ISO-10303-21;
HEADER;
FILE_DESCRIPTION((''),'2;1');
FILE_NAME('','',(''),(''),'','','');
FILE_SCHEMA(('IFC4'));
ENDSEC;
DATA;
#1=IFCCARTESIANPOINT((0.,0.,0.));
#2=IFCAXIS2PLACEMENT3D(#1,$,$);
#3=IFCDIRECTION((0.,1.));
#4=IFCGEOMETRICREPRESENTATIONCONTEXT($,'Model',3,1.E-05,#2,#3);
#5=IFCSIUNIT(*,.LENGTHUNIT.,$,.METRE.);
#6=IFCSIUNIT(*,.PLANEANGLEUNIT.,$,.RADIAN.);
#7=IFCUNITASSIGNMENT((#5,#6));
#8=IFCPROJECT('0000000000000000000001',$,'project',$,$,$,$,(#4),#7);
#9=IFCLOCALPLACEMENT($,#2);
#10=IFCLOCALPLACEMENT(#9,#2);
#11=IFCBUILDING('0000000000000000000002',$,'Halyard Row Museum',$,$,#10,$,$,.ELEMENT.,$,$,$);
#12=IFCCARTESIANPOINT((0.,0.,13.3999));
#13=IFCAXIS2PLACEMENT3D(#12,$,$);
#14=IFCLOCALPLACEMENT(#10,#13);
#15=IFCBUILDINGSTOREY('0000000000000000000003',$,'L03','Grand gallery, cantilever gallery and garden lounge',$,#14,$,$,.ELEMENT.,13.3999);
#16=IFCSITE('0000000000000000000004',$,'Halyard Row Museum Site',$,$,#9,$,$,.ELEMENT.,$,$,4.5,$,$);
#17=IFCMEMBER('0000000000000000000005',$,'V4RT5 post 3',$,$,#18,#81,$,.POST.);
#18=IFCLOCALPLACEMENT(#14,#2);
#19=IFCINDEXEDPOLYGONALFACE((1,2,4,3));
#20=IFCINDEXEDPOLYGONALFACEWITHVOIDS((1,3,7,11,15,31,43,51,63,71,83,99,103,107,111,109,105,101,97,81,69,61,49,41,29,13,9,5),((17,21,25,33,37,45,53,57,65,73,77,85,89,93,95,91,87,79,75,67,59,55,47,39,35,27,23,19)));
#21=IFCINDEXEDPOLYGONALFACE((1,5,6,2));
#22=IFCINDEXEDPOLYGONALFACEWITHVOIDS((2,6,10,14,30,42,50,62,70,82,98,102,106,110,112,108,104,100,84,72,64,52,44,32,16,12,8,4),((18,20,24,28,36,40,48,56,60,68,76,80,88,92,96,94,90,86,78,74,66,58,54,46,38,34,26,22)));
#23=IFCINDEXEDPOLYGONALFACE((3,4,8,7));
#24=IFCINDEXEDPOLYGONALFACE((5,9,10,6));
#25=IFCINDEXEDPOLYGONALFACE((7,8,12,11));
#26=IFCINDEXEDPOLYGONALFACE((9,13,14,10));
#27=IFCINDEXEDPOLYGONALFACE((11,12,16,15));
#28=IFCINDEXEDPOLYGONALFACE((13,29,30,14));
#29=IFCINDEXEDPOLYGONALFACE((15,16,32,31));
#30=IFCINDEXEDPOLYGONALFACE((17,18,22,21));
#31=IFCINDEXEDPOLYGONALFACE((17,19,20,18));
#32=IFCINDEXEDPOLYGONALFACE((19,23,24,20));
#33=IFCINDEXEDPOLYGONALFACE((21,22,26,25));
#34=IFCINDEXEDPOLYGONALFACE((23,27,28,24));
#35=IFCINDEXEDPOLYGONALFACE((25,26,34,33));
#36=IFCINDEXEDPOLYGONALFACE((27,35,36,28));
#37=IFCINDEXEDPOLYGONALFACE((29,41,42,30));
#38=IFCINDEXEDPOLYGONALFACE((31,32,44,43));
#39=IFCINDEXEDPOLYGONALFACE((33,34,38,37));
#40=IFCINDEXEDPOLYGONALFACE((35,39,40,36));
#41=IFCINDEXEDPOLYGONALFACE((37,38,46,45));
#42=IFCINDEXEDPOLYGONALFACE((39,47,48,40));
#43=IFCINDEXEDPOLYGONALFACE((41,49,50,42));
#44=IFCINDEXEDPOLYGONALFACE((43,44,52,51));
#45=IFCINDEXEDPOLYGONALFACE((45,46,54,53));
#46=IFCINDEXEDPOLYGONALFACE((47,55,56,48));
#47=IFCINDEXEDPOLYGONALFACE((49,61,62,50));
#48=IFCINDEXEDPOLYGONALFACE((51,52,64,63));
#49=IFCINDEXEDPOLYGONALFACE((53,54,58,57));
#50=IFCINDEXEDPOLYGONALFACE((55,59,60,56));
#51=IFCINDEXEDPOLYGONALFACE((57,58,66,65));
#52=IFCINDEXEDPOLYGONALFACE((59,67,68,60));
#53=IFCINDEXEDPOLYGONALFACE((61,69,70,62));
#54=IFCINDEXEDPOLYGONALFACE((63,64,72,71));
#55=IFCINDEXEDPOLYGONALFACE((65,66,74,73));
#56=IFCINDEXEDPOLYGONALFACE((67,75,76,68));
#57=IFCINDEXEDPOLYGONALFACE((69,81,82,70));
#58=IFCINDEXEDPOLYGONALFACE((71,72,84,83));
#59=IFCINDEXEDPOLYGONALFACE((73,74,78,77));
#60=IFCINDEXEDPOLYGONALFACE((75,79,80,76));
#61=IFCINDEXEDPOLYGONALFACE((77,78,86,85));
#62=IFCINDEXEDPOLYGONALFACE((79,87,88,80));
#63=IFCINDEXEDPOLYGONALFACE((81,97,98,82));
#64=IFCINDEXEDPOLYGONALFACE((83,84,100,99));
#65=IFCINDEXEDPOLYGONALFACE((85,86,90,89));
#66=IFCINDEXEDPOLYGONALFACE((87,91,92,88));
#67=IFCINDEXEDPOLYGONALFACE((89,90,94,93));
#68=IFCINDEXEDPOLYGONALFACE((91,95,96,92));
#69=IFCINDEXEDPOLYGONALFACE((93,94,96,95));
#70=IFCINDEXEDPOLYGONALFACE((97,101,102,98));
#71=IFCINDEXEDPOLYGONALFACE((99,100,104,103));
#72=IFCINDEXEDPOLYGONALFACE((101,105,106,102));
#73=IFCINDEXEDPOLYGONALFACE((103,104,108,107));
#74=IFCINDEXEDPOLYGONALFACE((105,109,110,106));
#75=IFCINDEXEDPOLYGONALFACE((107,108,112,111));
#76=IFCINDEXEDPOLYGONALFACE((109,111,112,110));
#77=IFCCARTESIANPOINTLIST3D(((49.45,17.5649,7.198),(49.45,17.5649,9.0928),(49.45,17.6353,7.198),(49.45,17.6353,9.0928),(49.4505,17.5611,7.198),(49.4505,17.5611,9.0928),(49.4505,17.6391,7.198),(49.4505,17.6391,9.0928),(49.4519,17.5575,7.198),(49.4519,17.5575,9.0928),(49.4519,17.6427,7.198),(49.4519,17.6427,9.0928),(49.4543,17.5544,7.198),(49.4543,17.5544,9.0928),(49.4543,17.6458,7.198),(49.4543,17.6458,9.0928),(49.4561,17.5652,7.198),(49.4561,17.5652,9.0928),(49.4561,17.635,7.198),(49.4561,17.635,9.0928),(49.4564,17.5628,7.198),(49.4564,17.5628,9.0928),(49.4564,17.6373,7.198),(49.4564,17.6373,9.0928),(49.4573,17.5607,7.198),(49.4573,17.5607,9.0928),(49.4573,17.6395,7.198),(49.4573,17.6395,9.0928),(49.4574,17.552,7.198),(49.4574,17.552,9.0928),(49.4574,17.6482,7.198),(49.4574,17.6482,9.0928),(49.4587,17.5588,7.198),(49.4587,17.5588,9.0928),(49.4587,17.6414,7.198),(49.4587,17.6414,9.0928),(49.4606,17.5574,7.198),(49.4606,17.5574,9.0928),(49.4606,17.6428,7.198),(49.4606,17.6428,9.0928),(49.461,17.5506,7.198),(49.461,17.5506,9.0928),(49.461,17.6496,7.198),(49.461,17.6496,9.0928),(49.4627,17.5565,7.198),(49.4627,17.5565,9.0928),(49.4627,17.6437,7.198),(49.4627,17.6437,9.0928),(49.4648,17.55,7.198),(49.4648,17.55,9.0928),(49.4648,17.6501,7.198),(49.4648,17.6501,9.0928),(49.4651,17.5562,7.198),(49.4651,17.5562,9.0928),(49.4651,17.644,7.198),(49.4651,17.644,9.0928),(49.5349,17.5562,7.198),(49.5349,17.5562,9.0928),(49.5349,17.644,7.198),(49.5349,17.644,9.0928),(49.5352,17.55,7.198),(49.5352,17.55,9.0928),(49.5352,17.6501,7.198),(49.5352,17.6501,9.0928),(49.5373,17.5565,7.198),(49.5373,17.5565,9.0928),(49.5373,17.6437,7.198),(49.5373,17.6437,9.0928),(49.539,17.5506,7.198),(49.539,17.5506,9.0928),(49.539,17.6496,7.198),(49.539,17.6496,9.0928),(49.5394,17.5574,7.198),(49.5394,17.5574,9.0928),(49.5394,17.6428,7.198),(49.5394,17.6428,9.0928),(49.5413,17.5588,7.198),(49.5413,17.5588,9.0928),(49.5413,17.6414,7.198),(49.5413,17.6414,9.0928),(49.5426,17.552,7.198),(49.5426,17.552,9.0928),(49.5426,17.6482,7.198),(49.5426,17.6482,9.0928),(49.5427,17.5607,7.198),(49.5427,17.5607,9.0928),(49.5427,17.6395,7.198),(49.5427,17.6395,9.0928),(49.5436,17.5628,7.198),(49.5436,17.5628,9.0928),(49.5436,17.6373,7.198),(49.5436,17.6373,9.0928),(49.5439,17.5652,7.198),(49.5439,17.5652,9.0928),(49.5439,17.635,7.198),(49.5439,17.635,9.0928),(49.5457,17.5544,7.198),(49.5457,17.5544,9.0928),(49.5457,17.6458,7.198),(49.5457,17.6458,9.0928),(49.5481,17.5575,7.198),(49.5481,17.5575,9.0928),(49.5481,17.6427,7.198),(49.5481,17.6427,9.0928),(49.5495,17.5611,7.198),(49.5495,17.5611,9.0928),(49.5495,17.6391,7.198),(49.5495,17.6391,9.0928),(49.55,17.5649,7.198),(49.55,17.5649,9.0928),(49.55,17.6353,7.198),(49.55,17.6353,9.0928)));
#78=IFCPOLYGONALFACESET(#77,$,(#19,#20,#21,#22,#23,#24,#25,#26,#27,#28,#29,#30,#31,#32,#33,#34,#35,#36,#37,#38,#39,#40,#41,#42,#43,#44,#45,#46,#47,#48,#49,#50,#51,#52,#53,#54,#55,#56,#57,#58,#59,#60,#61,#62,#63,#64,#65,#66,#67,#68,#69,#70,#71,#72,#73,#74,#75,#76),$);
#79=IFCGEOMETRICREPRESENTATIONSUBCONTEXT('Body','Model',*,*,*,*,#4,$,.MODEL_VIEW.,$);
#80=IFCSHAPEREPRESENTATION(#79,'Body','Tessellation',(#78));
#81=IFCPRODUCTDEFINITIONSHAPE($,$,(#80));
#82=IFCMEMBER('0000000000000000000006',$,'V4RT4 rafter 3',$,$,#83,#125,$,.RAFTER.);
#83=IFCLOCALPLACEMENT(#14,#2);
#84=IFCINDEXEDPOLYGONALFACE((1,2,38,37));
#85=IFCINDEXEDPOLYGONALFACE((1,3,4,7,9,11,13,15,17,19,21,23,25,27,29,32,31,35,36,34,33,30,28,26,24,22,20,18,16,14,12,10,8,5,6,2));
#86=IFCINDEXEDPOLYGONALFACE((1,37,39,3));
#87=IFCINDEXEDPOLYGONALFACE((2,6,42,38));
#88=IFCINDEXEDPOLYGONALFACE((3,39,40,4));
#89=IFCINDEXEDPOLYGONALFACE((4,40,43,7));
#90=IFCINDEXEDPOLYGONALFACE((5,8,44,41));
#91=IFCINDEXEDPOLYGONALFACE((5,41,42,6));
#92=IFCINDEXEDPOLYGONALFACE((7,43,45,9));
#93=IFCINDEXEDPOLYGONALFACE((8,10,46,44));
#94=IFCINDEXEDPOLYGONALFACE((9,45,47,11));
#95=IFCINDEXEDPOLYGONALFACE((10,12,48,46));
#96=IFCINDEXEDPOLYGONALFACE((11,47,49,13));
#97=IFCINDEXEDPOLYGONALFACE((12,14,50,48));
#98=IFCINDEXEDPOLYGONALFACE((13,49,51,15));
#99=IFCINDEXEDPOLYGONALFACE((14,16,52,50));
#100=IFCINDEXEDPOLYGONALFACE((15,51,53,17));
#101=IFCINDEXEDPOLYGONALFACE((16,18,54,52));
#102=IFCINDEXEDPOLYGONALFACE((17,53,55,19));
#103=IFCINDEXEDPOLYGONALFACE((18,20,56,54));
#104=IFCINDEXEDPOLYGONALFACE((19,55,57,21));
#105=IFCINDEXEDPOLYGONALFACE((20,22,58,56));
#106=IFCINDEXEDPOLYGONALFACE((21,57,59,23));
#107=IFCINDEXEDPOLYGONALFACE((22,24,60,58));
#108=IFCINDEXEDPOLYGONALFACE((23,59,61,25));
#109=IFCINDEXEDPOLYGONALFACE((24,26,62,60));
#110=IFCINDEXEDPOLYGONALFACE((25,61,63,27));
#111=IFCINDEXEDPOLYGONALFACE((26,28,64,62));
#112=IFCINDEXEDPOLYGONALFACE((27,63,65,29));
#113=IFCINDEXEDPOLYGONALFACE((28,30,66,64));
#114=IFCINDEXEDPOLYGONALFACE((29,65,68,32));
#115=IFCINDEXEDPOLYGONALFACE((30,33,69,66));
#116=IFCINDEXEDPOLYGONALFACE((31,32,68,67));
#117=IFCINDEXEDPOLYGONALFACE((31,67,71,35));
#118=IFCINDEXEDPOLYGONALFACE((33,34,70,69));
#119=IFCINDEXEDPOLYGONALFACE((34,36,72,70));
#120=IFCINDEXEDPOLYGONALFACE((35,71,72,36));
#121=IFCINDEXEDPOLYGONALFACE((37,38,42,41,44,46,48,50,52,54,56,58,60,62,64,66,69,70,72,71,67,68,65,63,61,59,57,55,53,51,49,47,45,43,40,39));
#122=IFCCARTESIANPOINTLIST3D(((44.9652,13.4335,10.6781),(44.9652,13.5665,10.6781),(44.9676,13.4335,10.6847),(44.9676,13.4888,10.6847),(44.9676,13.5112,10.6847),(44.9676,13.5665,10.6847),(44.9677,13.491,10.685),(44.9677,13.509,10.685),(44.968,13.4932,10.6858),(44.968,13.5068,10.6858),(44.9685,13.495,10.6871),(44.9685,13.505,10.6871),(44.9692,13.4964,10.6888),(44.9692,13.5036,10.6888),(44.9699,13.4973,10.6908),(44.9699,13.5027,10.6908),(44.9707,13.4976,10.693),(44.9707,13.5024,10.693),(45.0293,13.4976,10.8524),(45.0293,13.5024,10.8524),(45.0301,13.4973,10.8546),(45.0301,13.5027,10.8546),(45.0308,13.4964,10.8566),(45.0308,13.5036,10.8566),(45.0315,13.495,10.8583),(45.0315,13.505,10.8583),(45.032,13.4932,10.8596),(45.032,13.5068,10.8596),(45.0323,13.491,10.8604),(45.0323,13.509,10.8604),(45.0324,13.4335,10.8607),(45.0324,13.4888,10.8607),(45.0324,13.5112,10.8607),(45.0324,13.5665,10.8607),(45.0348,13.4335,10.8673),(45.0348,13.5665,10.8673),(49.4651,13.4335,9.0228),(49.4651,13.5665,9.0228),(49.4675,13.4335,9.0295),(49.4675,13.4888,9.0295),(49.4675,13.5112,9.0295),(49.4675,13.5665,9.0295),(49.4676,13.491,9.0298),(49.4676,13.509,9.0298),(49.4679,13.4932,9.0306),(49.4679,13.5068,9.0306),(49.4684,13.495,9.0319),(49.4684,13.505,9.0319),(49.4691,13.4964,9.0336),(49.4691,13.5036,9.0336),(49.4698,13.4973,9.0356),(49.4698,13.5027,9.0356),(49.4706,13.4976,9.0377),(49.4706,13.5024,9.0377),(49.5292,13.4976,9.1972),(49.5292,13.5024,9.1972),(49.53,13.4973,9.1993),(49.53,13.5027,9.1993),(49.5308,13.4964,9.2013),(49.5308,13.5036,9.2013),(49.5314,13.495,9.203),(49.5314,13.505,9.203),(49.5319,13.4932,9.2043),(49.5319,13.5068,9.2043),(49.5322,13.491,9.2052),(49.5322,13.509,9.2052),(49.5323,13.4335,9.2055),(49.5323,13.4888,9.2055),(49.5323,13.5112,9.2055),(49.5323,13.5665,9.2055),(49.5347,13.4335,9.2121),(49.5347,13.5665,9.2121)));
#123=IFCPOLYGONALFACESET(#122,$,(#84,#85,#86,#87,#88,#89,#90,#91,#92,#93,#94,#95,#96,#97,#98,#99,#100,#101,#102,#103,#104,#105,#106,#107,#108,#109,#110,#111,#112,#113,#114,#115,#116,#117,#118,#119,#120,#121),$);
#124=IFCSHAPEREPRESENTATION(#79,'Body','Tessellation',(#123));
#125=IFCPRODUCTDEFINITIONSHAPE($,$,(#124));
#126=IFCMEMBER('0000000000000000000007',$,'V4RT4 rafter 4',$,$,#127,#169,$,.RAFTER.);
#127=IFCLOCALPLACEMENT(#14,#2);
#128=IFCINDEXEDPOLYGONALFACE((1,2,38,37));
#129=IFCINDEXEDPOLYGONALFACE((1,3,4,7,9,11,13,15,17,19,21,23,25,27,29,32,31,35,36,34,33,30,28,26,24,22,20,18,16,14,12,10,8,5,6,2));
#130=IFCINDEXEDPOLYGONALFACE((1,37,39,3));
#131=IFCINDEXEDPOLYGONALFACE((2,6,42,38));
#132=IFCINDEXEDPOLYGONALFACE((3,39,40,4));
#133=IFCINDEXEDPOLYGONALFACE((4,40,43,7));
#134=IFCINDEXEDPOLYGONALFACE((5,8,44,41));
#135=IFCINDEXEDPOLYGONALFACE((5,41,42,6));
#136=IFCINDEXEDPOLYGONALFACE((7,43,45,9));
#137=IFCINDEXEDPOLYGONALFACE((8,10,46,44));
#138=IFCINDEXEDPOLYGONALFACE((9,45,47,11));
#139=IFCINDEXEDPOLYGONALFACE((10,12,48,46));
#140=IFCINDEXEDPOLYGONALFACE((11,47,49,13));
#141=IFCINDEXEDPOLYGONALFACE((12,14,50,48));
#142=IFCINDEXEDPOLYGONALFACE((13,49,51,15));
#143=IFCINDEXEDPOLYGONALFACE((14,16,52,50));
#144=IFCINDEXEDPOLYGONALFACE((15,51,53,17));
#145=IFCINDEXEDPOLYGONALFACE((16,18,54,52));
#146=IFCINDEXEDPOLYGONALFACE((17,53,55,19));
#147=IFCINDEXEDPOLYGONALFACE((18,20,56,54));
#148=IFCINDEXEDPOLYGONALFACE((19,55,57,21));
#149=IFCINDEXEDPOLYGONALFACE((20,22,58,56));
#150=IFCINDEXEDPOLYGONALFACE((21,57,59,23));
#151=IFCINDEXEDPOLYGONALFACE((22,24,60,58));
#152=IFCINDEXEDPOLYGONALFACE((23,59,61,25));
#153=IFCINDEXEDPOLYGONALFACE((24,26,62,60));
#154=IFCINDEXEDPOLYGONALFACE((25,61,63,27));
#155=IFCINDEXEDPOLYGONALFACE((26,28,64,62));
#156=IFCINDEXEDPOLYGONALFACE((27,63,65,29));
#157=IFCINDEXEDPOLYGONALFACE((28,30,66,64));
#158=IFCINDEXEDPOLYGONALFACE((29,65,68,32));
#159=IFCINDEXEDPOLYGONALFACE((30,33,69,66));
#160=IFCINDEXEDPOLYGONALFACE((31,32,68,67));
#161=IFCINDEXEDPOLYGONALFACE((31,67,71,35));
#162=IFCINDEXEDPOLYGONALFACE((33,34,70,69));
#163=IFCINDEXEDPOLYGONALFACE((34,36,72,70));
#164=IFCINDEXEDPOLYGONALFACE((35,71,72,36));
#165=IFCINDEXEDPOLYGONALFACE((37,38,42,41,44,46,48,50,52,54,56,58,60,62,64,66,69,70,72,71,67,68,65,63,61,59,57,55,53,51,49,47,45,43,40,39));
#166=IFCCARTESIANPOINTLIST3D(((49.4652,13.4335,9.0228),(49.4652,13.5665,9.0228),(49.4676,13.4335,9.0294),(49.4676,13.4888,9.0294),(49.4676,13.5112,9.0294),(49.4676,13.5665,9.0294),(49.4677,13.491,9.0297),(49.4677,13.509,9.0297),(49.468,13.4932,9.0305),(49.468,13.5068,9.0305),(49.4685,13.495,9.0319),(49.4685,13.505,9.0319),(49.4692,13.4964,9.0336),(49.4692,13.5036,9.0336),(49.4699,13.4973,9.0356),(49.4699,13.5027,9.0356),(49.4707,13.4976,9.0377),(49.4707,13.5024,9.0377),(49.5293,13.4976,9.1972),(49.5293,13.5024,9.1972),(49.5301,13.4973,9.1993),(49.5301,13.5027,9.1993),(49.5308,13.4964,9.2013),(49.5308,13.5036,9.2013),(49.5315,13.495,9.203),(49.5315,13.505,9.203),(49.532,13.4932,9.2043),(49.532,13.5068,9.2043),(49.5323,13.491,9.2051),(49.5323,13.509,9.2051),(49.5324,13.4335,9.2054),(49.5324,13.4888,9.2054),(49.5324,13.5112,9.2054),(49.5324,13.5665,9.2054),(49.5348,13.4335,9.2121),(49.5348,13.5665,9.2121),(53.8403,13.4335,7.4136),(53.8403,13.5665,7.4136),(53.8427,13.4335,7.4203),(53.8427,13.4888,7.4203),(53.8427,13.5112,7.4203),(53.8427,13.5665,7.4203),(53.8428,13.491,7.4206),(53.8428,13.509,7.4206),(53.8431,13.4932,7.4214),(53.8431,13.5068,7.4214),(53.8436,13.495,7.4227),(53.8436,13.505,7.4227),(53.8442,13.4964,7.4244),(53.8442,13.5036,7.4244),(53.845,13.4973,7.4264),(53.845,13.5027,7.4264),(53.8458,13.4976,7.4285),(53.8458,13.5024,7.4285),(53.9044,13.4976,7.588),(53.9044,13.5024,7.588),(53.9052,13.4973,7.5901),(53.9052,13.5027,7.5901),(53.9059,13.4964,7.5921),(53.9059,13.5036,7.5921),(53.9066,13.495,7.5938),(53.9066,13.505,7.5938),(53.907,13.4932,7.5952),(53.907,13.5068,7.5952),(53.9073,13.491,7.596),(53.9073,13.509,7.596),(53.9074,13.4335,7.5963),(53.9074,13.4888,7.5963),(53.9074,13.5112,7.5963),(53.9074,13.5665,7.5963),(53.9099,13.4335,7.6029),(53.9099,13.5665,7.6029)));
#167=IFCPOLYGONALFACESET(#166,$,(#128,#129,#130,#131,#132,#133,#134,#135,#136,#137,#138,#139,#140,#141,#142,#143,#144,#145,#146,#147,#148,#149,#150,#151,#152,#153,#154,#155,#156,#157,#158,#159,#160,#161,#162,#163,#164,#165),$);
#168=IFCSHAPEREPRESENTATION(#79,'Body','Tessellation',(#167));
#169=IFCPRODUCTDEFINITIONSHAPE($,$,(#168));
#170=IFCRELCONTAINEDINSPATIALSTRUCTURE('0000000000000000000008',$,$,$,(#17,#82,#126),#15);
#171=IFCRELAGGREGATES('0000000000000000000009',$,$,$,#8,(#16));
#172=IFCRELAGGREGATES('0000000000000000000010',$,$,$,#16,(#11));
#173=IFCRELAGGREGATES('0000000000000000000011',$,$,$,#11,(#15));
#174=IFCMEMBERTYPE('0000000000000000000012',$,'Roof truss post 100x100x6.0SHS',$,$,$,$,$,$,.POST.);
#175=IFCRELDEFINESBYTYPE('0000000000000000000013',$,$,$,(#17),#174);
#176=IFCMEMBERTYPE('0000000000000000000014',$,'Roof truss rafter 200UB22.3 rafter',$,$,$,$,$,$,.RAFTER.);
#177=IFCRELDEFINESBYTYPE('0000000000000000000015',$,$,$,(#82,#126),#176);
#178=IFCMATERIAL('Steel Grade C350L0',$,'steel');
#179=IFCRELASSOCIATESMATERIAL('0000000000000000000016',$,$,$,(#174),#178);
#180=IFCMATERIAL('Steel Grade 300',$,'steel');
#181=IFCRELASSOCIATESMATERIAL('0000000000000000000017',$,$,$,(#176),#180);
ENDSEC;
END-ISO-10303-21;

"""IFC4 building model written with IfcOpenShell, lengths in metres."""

from ifc_helpers import new_model, si_unit, direction, frame, origin, origin_2d, place, context, subcontext, project, spatial, hollow_rectangle, i_section, extrude, material, material_profile, profile_set, type_object, element, save


model = new_model("IFC4")

# Units and contexts
model_context = context("Model", 3, precision=1e-05, world=origin(), true_north=direction((0.0, 1.0)))
body_context = subcontext(model_context, "Body", "Model", "MODEL_VIEW")
ifc_project = project(units=[si_unit("LENGTHUNIT", "METRE"), si_unit("PLANEANGLEUNIT", "RADIAN")], contexts=[model_context])

# Site, building, storey
site_placement = place(None, origin())
site = spatial("IfcSite", under=ifc_project, at=site_placement, Name="Halyard Row Museum Site", CompositionType="ELEMENT", RefElevation=4.5)
building_placement = place(site_placement, origin())
building = spatial("IfcBuilding", under=site, at=building_placement, Name="Halyard Row Museum", CompositionType="ELEMENT")
storey_placement = place(building_placement, frame((0.0, 0.0, 13.3999)))
storey = spatial("IfcBuildingStorey", under=building, at=storey_placement, Name="L03", Description="Grand gallery, cantilever gallery and garden lounge", CompositionType="ELEMENT", Elevation=13.3999)

# Members
ifc_material_1 = material(Name="Steel Grade C350L0", Category="steel")
ifc_material_profile_1 = material_profile(ifc_material_1, hollow_rectangle(XDim=0.1001, YDim=0.1001, WallThickness=0.0061, InnerFilletRadius=0.009, OuterFilletRadius=0.0149, at=origin_2d()), Name="100x100x6.0SHS")
ifc_profile_set_1 = profile_set([ifc_material_profile_1], Name="Steel Grade C350L0")
member_type_1 = type_object("IfcMemberType", Name="Roof truss post 100x100x6.0SHS", PredefinedType="POST", material=ifc_profile_set_1)
member_1_placement = place(storey_placement, frame((49.5, 17.6001, 7.198), z_axis=(0.0, 0.0, 1.0), x_axis=(1.0, 0.0, 0.0)))
element("IfcMember", 1, at=member_1_placement, inside=storey, type_object=member_type_1, Name="V4RT5 post 3", PredefinedType="POST", context=body_context, shape_type="SweptSolid", body=[
    extrude(hollow_rectangle(XDim=0.1001, YDim=0.1001, WallThickness=0.0061, InnerFilletRadius=0.009, OuterFilletRadius=0.0149, at=origin_2d()), origin(), (0.0, 0.0, 1.0), 1.8948),
])
ifc_material_2 = material(Name="Steel Grade 300", Category="steel")
ifc_material_profile_2 = material_profile(ifc_material_2, i_section(OverallWidth=0.1331, OverallDepth=0.2017, WebThickness=0.0049, FlangeThickness=0.0071, FilletRadius=0.0088, at=origin_2d()), Name="200UB22.3")
ifc_profile_set_2 = profile_set([ifc_material_profile_2], Name="Steel Grade 300")
member_type_2 = type_object("IfcMemberType", Name="Roof truss rafter 200UB22.3 rafter", PredefinedType="RAFTER", material=ifc_profile_set_2)
member_2_placement = place(storey_placement, frame((45.0, 13.5, 10.7727), z_axis=(0.93852, 0.0, -0.345224), x_axis=(0.0, 1.0, 0.0)))
element("IfcMember", 2, at=member_2_placement, inside=storey, type_object=member_type_2, Name="V4RT4 rafter 3", PredefinedType="RAFTER", context=body_context, shape_type="SweptSolid", body=[
    extrude(i_section(OverallWidth=0.1331, OverallDepth=0.2017, WebThickness=0.0049, FlangeThickness=0.0071, FilletRadius=0.0088, at=origin_2d()), origin(), (0.0, 0.0, 1.0), 4.7947),
])
member_3_placement = place(storey_placement, frame((49.5, 13.5, 9.1174), z_axis=(0.938532, 0.0, -0.345193), x_axis=(0.0, 1.0, 0.0)))
element("IfcMember", 3, at=member_3_placement, inside=storey, type_object=member_type_2, Name="V4RT4 rafter 4", PredefinedType="RAFTER", context=body_context, shape_type="SweptSolid", body=[
    extrude(i_section(OverallWidth=0.1331, OverallDepth=0.2017, WebThickness=0.0049, FlangeThickness=0.0071, FilletRadius=0.0088, at=origin_2d()), origin(), (0.0, 0.0, 1.0), 4.6616),
])

save(model, "model.ifc")
